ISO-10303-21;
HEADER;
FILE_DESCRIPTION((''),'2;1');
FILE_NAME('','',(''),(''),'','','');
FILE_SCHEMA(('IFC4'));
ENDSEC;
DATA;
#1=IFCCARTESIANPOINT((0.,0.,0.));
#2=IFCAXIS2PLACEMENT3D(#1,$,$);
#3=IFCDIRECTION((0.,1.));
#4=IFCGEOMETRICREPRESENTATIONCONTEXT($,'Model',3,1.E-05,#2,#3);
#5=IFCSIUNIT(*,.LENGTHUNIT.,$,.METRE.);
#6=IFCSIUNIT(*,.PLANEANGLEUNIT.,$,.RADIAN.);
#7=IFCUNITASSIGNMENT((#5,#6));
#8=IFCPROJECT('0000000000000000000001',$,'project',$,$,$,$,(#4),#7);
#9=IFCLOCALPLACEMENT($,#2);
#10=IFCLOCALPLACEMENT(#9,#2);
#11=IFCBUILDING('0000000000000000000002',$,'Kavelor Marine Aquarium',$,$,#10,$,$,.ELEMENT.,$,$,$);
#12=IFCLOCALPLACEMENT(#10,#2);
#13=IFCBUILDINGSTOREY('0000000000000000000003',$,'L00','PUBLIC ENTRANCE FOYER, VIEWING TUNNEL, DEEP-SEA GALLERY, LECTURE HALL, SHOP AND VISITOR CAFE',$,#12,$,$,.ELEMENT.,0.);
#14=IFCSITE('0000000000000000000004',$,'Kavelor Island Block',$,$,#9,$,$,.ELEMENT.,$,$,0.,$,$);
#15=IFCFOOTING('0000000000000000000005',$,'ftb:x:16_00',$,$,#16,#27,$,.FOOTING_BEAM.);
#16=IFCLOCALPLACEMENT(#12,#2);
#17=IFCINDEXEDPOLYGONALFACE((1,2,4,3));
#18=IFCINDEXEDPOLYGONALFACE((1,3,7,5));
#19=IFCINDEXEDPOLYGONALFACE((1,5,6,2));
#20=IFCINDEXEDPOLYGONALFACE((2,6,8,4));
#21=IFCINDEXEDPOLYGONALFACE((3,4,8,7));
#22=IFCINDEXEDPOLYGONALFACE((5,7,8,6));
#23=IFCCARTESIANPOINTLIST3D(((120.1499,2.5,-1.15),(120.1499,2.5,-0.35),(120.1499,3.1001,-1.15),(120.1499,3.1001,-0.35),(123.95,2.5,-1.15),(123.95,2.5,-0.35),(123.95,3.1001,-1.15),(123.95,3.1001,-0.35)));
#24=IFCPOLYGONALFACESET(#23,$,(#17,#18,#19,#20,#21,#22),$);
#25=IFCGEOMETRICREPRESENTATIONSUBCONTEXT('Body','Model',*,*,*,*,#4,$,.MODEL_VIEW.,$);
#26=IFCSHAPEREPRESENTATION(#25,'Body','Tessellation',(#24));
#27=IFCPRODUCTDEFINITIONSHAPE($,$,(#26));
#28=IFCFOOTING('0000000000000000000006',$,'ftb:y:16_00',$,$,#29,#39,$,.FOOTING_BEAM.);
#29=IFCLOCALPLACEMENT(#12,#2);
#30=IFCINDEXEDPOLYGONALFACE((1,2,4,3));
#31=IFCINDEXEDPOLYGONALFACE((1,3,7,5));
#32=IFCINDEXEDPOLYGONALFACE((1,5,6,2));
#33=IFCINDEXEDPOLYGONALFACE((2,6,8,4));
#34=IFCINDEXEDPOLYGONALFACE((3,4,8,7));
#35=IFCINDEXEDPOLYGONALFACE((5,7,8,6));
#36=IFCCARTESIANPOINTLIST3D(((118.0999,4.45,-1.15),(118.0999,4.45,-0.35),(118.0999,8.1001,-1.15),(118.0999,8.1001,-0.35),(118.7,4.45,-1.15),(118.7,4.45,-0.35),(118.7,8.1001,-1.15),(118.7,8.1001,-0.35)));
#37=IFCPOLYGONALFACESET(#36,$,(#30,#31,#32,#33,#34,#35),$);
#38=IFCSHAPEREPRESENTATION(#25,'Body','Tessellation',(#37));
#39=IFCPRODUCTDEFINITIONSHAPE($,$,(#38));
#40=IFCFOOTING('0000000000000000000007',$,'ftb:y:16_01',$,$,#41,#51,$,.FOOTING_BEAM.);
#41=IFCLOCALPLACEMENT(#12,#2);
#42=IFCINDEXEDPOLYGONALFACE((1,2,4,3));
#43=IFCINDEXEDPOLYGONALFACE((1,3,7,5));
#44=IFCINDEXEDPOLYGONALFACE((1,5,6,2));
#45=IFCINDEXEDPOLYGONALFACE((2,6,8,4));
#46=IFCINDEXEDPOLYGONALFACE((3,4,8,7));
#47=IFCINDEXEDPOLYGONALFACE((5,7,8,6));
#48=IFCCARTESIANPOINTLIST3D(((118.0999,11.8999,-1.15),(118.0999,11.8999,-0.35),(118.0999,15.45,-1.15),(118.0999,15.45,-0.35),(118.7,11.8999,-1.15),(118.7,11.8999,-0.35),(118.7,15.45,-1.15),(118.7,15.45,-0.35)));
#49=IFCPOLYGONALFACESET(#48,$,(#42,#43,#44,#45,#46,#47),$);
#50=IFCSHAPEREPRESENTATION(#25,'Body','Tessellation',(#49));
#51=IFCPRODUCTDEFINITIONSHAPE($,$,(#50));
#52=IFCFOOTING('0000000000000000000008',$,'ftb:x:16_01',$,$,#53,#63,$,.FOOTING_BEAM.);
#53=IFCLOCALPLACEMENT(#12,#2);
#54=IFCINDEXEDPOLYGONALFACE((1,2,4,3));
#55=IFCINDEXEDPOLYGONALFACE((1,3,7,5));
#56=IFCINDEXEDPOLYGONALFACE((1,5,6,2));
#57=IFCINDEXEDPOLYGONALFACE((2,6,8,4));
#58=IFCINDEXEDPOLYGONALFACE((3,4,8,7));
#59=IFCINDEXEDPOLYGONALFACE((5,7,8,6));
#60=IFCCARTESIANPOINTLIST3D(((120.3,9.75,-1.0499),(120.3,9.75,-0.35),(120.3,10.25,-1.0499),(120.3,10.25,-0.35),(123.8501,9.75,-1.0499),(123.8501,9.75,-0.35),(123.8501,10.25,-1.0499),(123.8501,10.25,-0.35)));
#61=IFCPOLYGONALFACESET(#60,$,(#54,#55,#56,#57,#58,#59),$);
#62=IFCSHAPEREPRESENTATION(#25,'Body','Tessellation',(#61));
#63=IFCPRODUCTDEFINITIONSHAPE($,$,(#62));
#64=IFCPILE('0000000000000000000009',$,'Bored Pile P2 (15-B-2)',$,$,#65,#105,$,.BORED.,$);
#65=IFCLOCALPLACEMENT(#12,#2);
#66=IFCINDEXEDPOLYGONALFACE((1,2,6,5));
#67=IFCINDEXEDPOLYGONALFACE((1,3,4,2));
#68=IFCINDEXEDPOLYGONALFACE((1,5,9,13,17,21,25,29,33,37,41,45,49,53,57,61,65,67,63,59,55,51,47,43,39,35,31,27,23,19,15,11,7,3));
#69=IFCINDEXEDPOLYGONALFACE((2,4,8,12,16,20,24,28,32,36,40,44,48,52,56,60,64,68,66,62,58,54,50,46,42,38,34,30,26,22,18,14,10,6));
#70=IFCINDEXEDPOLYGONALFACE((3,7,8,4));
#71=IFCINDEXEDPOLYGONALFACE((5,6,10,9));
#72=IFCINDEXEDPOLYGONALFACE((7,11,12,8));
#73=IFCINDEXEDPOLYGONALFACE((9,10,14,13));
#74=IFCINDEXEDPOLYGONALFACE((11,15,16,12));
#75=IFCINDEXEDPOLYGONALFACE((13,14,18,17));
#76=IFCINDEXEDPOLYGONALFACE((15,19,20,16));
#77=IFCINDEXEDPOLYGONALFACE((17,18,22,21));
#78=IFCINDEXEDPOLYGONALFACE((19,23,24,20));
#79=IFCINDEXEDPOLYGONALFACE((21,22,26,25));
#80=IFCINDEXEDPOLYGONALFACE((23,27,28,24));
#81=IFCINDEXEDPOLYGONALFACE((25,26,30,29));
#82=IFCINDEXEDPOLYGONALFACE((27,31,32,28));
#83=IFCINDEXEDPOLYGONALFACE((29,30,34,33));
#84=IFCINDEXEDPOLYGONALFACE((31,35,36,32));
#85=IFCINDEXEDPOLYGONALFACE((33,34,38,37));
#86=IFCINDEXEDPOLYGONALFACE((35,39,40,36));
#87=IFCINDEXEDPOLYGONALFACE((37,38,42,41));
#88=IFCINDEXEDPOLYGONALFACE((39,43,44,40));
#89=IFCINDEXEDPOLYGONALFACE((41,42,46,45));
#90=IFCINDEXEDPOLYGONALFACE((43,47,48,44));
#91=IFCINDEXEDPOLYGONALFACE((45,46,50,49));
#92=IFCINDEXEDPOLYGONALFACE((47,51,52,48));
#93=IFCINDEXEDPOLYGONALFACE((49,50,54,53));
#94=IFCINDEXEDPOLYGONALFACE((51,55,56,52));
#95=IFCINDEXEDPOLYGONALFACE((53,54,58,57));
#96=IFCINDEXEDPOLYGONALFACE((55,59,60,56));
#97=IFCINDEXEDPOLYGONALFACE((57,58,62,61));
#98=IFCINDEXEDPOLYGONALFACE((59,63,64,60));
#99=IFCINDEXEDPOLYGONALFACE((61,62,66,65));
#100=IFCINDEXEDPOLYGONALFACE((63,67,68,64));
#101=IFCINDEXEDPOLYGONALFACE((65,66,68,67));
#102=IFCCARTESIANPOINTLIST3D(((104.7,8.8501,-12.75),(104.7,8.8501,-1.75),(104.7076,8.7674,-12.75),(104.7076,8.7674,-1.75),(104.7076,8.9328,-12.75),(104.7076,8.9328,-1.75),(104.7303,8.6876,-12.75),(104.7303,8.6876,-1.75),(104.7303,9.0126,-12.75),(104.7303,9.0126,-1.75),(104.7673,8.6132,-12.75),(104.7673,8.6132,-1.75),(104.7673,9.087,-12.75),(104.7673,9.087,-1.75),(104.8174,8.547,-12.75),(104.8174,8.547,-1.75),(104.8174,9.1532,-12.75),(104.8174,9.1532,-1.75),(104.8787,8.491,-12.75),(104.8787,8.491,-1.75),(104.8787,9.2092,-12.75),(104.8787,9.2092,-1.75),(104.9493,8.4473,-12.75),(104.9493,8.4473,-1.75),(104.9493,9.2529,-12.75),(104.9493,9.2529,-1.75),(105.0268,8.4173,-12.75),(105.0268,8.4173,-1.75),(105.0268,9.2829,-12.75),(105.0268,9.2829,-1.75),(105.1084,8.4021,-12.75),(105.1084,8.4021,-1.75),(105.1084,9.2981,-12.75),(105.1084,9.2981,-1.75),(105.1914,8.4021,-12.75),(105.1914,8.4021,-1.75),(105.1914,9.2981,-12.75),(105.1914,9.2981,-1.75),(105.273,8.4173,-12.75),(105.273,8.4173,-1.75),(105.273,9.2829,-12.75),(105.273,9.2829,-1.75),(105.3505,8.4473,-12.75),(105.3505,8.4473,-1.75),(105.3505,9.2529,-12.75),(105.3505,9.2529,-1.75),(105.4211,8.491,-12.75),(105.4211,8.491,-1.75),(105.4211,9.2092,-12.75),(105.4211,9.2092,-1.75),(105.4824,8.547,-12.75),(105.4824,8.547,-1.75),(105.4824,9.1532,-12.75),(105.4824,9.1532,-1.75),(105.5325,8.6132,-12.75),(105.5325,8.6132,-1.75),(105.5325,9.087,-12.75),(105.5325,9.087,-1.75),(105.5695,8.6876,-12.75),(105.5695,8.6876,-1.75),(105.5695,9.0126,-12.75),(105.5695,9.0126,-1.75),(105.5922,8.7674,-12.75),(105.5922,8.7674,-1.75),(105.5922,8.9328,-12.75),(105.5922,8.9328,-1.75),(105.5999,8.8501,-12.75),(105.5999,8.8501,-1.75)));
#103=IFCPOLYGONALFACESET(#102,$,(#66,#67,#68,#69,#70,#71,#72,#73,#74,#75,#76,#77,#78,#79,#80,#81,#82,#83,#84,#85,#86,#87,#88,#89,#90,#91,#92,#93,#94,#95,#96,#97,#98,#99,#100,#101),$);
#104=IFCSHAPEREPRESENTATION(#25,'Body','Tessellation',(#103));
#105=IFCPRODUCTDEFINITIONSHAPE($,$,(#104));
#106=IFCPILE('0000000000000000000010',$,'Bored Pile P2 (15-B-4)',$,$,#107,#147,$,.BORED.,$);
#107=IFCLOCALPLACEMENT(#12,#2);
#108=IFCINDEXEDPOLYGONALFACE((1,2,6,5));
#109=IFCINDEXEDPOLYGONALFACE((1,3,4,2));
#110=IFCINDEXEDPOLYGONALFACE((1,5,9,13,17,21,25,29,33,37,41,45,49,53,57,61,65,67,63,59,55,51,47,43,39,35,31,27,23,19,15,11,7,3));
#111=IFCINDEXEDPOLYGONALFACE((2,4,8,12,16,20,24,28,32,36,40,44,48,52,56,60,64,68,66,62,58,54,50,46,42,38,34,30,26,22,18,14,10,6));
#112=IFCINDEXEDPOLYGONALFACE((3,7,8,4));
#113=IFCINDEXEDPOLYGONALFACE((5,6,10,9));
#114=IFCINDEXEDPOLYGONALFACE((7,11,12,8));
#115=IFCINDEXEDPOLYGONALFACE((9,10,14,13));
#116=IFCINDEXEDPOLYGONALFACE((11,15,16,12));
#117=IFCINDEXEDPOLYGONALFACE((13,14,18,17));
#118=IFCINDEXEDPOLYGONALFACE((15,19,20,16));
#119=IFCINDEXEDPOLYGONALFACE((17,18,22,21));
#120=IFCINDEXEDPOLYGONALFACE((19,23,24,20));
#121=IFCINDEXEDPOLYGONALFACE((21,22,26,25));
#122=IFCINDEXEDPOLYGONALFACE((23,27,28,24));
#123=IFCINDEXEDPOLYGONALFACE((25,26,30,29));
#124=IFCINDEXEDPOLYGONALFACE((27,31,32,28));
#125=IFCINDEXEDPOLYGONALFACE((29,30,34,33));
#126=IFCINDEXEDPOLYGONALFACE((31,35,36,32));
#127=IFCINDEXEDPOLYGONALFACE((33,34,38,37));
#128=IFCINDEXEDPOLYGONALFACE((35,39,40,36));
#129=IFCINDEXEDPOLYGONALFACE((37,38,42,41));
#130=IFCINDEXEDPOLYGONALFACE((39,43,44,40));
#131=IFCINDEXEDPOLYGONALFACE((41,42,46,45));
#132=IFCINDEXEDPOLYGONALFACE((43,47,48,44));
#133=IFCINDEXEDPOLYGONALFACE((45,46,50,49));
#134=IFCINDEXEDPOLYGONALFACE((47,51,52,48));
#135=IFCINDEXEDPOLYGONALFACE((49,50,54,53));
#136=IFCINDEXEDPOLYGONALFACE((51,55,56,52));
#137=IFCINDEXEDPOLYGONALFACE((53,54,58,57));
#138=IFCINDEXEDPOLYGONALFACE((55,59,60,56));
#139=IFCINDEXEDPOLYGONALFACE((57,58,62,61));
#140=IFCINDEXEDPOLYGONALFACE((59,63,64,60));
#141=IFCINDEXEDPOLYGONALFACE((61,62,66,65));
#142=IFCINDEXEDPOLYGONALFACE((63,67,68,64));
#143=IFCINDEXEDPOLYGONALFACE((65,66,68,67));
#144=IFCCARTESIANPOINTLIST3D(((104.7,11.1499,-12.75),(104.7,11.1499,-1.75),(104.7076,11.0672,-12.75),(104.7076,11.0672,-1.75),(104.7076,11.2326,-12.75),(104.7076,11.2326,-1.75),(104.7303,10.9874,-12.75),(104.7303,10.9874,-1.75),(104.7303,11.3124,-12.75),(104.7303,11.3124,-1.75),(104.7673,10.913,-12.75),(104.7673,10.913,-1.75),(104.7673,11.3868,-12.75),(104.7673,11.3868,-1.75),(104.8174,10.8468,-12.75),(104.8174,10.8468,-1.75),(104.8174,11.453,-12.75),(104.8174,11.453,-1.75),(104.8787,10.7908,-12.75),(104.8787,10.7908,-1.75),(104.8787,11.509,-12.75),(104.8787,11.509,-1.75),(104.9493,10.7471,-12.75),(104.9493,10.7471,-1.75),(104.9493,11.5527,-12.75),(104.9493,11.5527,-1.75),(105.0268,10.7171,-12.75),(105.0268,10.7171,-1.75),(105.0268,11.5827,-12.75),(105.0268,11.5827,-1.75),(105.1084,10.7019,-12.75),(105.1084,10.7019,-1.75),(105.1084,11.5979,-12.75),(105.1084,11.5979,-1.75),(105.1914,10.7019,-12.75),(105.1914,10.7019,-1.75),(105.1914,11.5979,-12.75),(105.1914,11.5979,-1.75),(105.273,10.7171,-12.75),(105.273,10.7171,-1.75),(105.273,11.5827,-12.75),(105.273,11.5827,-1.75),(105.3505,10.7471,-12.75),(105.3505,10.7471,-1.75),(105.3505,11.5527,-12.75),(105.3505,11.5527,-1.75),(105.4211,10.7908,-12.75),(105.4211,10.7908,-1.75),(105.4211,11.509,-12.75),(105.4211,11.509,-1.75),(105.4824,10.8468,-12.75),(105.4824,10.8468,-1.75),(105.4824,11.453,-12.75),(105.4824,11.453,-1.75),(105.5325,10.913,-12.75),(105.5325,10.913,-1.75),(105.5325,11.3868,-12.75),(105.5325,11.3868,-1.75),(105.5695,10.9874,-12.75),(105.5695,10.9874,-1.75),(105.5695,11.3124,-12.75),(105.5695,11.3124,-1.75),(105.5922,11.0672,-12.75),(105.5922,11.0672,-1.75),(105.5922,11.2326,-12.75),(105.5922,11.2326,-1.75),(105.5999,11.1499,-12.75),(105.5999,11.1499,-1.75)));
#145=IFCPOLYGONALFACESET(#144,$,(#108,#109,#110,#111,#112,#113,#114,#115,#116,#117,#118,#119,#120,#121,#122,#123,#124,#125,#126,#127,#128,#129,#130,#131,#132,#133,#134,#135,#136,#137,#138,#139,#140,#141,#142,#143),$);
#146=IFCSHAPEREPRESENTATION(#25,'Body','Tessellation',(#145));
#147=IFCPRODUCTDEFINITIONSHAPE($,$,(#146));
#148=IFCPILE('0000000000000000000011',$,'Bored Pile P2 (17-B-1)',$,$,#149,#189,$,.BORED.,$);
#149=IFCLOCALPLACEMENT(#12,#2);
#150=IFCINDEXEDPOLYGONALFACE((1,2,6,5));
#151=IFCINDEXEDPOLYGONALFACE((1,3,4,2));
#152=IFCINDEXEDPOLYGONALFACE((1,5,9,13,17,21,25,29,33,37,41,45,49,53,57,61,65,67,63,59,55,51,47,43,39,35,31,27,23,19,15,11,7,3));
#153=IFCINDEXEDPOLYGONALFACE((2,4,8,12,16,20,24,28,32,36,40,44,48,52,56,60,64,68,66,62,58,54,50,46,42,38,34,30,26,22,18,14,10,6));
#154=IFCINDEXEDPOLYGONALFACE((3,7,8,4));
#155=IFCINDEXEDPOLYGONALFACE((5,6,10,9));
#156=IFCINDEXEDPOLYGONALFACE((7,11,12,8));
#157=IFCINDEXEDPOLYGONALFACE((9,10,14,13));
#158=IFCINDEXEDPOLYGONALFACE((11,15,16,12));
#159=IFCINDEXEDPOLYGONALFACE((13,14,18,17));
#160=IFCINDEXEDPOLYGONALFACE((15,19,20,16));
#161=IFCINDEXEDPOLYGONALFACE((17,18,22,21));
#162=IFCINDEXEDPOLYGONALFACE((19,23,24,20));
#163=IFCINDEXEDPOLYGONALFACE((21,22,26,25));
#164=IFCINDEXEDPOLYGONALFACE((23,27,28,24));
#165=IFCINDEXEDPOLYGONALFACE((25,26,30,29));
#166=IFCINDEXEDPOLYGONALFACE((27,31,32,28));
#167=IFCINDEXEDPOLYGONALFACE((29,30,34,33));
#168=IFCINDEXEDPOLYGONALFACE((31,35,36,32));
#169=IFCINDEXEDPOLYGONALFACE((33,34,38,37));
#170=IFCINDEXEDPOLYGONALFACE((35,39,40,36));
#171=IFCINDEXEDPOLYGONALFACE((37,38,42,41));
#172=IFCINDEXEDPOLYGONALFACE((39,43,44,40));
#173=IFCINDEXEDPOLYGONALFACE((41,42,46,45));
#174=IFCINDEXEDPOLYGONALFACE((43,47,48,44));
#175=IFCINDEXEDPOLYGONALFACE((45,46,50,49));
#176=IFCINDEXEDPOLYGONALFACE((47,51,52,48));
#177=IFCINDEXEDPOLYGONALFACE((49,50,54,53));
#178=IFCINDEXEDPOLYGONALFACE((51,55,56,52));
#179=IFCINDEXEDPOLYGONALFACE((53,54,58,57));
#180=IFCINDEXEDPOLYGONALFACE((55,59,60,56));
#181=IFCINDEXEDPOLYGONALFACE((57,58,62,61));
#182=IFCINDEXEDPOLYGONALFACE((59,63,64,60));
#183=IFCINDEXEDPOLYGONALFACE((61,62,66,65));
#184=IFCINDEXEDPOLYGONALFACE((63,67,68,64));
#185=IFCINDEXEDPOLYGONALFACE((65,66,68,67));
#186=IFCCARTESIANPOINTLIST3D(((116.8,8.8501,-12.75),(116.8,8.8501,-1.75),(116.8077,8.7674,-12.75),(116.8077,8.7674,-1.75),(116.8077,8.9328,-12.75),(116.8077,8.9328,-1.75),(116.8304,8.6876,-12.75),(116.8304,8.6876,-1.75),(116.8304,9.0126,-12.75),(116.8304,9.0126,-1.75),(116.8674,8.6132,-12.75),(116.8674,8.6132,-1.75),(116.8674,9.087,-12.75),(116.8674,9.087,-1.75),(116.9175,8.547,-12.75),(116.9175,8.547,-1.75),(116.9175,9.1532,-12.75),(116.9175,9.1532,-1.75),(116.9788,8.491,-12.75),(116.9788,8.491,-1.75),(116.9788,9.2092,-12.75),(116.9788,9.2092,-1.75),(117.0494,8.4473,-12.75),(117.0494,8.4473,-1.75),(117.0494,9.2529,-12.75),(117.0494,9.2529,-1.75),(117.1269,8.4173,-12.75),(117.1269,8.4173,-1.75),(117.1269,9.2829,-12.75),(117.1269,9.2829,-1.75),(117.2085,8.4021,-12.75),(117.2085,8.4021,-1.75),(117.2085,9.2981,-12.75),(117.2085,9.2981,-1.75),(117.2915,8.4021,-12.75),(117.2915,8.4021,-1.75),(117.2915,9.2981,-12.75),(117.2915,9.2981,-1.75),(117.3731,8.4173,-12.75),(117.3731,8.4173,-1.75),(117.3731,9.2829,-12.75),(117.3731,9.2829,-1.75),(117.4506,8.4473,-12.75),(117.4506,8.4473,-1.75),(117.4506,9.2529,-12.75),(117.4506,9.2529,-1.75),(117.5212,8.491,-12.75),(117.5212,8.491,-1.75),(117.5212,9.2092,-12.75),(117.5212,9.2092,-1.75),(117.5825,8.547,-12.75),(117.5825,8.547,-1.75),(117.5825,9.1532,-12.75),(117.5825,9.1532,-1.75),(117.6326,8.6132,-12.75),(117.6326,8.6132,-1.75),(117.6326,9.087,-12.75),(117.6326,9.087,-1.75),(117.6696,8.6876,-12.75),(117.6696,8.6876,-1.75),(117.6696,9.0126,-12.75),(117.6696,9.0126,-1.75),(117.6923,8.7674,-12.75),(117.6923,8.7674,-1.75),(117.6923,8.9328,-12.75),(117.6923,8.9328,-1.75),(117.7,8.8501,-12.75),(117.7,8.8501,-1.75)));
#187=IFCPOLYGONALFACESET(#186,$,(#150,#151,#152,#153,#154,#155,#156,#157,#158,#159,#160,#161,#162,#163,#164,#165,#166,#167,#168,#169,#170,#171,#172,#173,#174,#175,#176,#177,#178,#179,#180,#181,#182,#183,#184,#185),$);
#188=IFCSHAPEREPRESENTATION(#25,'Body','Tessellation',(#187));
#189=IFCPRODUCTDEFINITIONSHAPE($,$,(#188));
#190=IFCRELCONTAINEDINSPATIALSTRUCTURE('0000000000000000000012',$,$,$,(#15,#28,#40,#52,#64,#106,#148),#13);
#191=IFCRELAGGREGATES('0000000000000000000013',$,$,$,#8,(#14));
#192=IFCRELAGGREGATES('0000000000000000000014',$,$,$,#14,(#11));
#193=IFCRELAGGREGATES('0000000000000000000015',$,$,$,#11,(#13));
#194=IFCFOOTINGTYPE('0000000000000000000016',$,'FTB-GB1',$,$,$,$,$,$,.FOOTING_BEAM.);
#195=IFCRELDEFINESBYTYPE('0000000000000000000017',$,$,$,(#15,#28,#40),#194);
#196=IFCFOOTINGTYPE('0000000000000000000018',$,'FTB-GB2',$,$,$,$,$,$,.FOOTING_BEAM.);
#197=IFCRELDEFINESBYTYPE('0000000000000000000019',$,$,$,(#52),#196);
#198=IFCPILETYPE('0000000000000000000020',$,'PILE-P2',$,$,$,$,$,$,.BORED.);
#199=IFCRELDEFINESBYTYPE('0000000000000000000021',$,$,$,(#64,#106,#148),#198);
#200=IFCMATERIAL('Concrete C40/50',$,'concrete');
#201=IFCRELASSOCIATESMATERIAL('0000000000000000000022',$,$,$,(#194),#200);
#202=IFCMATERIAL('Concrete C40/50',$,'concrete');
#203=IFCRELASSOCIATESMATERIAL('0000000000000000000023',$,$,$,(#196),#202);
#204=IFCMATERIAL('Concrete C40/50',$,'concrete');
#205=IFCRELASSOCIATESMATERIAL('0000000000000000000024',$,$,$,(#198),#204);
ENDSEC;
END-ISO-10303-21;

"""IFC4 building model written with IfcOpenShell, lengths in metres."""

from ifc_helpers import new_model, si_unit, direction, frame, origin, origin_2d, place, context, subcontext, project, spatial, rectangle, circle, extrude, material, material_profile, profile_set, type_object, element, save


model = new_model("IFC4")

# Units and contexts
model_context = context("Model", 3, precision=1e-05, world=origin(), true_north=direction((0.0, 1.0)))
body_context = subcontext(model_context, "Body", "Model", "MODEL_VIEW")
ifc_project = project(units=[si_unit("LENGTHUNIT", "METRE"), si_unit("PLANEANGLEUNIT", "RADIAN")], contexts=[model_context])

# Site, building, storey
site_placement = place(None, origin())
site = spatial("IfcSite", under=ifc_project, at=site_placement, Name="Kavelor Island Block", CompositionType="ELEMENT", RefElevation=0.0)
building_placement = place(site_placement, origin())
building = spatial("IfcBuilding", under=site, at=building_placement, Name="Kavelor Marine Aquarium", CompositionType="ELEMENT")
storey_placement = place(building_placement, origin())
storey = spatial("IfcBuildingStorey", under=building, at=storey_placement, Name="L00", Description="PUBLIC ENTRANCE FOYER, VIEWING TUNNEL, DEEP-SEA GALLERY, LECTURE HALL, SHOP AND VISITOR CAFE", CompositionType="ELEMENT", Elevation=0.0)

# Footings
ifc_material_1 = material(Name="Concrete C40/50", Category="concrete")
ifc_material_profile_1 = material_profile(ifc_material_1, rectangle(XDim=0.6001, YDim=0.8, at=origin_2d()), Name="GB 600x800")
ifc_profile_set_1 = profile_set([ifc_material_profile_1], Name="Concrete C40/50")
footing_type_1 = type_object("IfcFootingType", Name="FTB-GB1", PredefinedType="FOOTING_BEAM", material=ifc_profile_set_1)
footing_1_placement = place(storey_placement, frame((120.1499, 2.8, -0.75), z_axis=(1.0, 0.0, 0.0), x_axis=(0.0, 1.0, 0.0)))
element("IfcFooting", 1, at=footing_1_placement, inside=storey, type_object=footing_type_1, Name="ftb:x:16_00", PredefinedType="FOOTING_BEAM", context=body_context, shape_type="SweptSolid", body=[
    extrude(rectangle(XDim=0.6001, YDim=0.8, at=origin_2d()), origin(), (0.0, 0.0, 1.0), 3.8),
])
footing_2_placement = place(storey_placement, frame((118.3999, 4.45, -0.75), z_axis=(0.0, 1.0, 0.0), x_axis=(-1.0, 0.0, 0.0)))
element("IfcFooting", 2, at=footing_2_placement, inside=storey, type_object=footing_type_1, Name="ftb:y:16_00", PredefinedType="FOOTING_BEAM", context=body_context, shape_type="SweptSolid", body=[
    extrude(rectangle(XDim=0.6001, YDim=0.8, at=origin_2d()), origin(), (0.0, 0.0, 1.0), 3.6501),
])
footing_3_placement = place(storey_placement, frame((118.3999, 11.8999, -0.75), z_axis=(0.0, 1.0, 0.0), x_axis=(-1.0, 0.0, 0.0)))
element("IfcFooting", 3, at=footing_3_placement, inside=storey, type_object=footing_type_1, Name="ftb:y:16_01", PredefinedType="FOOTING_BEAM", context=body_context, shape_type="SweptSolid", body=[
    extrude(rectangle(XDim=0.6001, YDim=0.8, at=origin_2d()), origin(), (0.0, 0.0, 1.0), 3.55),
])
ifc_material_2 = material(Name="Concrete C40/50", Category="concrete")
ifc_material_profile_2 = material_profile(ifc_material_2, rectangle(XDim=0.5, YDim=0.7, at=origin_2d()), Name="GB 500x700")
ifc_profile_set_2 = profile_set([ifc_material_profile_2], Name="Concrete C40/50")
footing_type_2 = type_object("IfcFootingType", Name="FTB-GB2", PredefinedType="FOOTING_BEAM", material=ifc_profile_set_2)
footing_4_placement = place(storey_placement, frame((120.3, 10.0, -0.7), z_axis=(1.0, 0.0, 0.0), x_axis=(0.0, 1.0, 0.0)))
element("IfcFooting", 4, at=footing_4_placement, inside=storey, type_object=footing_type_2, Name="ftb:x:16_01", PredefinedType="FOOTING_BEAM", context=body_context, shape_type="SweptSolid", body=[
    extrude(rectangle(XDim=0.5, YDim=0.7, at=origin_2d()), origin(), (0.0, 0.0, 1.0), 3.55),
])

# Piles
ifc_material_3 = material(Name="Concrete C40/50", Category="concrete")
ifc_material_profile_3 = material_profile(ifc_material_3, circle(Radius=0.45, at=origin_2d()), Name="PILE D900")
ifc_profile_set_3 = profile_set([ifc_material_profile_3], Name="Concrete C40/50")
pile_type_1 = type_object("IfcPileType", Name="PILE-P2", PredefinedType="BORED", material=ifc_profile_set_3)
for number, where, z_axis, x_axis, name in (
    (5, (105.1499, 8.8501, -1.75), (0.0, 0.0, -1.0), (1.0, 0.0, 0.0), "Bored Pile P2 (15-B-2)"),
    (6, (105.1499, 11.1499, -1.75), (0.0, 0.0, -1.0), (1.0, 0.0, 0.0), "Bored Pile P2 (15-B-4)"),
    (7, (117.25, 8.8501, -1.75), (0.0, 0.0, -1.0), (1.0, 0.0, 0.0), "Bored Pile P2 (17-B-1)"),
):
    element("IfcPile", number, at=place(storey_placement, frame(where, z_axis=z_axis, x_axis=x_axis)), inside=storey, type_object=pile_type_1, Name=name, PredefinedType="BORED", context=body_context, shape_type="SweptSolid", body=[
        extrude(circle(Radius=0.45, at=origin_2d()), origin(), (0.0, 0.0, 1.0), 11.0),
    ])

save(model, "model.ifc")
